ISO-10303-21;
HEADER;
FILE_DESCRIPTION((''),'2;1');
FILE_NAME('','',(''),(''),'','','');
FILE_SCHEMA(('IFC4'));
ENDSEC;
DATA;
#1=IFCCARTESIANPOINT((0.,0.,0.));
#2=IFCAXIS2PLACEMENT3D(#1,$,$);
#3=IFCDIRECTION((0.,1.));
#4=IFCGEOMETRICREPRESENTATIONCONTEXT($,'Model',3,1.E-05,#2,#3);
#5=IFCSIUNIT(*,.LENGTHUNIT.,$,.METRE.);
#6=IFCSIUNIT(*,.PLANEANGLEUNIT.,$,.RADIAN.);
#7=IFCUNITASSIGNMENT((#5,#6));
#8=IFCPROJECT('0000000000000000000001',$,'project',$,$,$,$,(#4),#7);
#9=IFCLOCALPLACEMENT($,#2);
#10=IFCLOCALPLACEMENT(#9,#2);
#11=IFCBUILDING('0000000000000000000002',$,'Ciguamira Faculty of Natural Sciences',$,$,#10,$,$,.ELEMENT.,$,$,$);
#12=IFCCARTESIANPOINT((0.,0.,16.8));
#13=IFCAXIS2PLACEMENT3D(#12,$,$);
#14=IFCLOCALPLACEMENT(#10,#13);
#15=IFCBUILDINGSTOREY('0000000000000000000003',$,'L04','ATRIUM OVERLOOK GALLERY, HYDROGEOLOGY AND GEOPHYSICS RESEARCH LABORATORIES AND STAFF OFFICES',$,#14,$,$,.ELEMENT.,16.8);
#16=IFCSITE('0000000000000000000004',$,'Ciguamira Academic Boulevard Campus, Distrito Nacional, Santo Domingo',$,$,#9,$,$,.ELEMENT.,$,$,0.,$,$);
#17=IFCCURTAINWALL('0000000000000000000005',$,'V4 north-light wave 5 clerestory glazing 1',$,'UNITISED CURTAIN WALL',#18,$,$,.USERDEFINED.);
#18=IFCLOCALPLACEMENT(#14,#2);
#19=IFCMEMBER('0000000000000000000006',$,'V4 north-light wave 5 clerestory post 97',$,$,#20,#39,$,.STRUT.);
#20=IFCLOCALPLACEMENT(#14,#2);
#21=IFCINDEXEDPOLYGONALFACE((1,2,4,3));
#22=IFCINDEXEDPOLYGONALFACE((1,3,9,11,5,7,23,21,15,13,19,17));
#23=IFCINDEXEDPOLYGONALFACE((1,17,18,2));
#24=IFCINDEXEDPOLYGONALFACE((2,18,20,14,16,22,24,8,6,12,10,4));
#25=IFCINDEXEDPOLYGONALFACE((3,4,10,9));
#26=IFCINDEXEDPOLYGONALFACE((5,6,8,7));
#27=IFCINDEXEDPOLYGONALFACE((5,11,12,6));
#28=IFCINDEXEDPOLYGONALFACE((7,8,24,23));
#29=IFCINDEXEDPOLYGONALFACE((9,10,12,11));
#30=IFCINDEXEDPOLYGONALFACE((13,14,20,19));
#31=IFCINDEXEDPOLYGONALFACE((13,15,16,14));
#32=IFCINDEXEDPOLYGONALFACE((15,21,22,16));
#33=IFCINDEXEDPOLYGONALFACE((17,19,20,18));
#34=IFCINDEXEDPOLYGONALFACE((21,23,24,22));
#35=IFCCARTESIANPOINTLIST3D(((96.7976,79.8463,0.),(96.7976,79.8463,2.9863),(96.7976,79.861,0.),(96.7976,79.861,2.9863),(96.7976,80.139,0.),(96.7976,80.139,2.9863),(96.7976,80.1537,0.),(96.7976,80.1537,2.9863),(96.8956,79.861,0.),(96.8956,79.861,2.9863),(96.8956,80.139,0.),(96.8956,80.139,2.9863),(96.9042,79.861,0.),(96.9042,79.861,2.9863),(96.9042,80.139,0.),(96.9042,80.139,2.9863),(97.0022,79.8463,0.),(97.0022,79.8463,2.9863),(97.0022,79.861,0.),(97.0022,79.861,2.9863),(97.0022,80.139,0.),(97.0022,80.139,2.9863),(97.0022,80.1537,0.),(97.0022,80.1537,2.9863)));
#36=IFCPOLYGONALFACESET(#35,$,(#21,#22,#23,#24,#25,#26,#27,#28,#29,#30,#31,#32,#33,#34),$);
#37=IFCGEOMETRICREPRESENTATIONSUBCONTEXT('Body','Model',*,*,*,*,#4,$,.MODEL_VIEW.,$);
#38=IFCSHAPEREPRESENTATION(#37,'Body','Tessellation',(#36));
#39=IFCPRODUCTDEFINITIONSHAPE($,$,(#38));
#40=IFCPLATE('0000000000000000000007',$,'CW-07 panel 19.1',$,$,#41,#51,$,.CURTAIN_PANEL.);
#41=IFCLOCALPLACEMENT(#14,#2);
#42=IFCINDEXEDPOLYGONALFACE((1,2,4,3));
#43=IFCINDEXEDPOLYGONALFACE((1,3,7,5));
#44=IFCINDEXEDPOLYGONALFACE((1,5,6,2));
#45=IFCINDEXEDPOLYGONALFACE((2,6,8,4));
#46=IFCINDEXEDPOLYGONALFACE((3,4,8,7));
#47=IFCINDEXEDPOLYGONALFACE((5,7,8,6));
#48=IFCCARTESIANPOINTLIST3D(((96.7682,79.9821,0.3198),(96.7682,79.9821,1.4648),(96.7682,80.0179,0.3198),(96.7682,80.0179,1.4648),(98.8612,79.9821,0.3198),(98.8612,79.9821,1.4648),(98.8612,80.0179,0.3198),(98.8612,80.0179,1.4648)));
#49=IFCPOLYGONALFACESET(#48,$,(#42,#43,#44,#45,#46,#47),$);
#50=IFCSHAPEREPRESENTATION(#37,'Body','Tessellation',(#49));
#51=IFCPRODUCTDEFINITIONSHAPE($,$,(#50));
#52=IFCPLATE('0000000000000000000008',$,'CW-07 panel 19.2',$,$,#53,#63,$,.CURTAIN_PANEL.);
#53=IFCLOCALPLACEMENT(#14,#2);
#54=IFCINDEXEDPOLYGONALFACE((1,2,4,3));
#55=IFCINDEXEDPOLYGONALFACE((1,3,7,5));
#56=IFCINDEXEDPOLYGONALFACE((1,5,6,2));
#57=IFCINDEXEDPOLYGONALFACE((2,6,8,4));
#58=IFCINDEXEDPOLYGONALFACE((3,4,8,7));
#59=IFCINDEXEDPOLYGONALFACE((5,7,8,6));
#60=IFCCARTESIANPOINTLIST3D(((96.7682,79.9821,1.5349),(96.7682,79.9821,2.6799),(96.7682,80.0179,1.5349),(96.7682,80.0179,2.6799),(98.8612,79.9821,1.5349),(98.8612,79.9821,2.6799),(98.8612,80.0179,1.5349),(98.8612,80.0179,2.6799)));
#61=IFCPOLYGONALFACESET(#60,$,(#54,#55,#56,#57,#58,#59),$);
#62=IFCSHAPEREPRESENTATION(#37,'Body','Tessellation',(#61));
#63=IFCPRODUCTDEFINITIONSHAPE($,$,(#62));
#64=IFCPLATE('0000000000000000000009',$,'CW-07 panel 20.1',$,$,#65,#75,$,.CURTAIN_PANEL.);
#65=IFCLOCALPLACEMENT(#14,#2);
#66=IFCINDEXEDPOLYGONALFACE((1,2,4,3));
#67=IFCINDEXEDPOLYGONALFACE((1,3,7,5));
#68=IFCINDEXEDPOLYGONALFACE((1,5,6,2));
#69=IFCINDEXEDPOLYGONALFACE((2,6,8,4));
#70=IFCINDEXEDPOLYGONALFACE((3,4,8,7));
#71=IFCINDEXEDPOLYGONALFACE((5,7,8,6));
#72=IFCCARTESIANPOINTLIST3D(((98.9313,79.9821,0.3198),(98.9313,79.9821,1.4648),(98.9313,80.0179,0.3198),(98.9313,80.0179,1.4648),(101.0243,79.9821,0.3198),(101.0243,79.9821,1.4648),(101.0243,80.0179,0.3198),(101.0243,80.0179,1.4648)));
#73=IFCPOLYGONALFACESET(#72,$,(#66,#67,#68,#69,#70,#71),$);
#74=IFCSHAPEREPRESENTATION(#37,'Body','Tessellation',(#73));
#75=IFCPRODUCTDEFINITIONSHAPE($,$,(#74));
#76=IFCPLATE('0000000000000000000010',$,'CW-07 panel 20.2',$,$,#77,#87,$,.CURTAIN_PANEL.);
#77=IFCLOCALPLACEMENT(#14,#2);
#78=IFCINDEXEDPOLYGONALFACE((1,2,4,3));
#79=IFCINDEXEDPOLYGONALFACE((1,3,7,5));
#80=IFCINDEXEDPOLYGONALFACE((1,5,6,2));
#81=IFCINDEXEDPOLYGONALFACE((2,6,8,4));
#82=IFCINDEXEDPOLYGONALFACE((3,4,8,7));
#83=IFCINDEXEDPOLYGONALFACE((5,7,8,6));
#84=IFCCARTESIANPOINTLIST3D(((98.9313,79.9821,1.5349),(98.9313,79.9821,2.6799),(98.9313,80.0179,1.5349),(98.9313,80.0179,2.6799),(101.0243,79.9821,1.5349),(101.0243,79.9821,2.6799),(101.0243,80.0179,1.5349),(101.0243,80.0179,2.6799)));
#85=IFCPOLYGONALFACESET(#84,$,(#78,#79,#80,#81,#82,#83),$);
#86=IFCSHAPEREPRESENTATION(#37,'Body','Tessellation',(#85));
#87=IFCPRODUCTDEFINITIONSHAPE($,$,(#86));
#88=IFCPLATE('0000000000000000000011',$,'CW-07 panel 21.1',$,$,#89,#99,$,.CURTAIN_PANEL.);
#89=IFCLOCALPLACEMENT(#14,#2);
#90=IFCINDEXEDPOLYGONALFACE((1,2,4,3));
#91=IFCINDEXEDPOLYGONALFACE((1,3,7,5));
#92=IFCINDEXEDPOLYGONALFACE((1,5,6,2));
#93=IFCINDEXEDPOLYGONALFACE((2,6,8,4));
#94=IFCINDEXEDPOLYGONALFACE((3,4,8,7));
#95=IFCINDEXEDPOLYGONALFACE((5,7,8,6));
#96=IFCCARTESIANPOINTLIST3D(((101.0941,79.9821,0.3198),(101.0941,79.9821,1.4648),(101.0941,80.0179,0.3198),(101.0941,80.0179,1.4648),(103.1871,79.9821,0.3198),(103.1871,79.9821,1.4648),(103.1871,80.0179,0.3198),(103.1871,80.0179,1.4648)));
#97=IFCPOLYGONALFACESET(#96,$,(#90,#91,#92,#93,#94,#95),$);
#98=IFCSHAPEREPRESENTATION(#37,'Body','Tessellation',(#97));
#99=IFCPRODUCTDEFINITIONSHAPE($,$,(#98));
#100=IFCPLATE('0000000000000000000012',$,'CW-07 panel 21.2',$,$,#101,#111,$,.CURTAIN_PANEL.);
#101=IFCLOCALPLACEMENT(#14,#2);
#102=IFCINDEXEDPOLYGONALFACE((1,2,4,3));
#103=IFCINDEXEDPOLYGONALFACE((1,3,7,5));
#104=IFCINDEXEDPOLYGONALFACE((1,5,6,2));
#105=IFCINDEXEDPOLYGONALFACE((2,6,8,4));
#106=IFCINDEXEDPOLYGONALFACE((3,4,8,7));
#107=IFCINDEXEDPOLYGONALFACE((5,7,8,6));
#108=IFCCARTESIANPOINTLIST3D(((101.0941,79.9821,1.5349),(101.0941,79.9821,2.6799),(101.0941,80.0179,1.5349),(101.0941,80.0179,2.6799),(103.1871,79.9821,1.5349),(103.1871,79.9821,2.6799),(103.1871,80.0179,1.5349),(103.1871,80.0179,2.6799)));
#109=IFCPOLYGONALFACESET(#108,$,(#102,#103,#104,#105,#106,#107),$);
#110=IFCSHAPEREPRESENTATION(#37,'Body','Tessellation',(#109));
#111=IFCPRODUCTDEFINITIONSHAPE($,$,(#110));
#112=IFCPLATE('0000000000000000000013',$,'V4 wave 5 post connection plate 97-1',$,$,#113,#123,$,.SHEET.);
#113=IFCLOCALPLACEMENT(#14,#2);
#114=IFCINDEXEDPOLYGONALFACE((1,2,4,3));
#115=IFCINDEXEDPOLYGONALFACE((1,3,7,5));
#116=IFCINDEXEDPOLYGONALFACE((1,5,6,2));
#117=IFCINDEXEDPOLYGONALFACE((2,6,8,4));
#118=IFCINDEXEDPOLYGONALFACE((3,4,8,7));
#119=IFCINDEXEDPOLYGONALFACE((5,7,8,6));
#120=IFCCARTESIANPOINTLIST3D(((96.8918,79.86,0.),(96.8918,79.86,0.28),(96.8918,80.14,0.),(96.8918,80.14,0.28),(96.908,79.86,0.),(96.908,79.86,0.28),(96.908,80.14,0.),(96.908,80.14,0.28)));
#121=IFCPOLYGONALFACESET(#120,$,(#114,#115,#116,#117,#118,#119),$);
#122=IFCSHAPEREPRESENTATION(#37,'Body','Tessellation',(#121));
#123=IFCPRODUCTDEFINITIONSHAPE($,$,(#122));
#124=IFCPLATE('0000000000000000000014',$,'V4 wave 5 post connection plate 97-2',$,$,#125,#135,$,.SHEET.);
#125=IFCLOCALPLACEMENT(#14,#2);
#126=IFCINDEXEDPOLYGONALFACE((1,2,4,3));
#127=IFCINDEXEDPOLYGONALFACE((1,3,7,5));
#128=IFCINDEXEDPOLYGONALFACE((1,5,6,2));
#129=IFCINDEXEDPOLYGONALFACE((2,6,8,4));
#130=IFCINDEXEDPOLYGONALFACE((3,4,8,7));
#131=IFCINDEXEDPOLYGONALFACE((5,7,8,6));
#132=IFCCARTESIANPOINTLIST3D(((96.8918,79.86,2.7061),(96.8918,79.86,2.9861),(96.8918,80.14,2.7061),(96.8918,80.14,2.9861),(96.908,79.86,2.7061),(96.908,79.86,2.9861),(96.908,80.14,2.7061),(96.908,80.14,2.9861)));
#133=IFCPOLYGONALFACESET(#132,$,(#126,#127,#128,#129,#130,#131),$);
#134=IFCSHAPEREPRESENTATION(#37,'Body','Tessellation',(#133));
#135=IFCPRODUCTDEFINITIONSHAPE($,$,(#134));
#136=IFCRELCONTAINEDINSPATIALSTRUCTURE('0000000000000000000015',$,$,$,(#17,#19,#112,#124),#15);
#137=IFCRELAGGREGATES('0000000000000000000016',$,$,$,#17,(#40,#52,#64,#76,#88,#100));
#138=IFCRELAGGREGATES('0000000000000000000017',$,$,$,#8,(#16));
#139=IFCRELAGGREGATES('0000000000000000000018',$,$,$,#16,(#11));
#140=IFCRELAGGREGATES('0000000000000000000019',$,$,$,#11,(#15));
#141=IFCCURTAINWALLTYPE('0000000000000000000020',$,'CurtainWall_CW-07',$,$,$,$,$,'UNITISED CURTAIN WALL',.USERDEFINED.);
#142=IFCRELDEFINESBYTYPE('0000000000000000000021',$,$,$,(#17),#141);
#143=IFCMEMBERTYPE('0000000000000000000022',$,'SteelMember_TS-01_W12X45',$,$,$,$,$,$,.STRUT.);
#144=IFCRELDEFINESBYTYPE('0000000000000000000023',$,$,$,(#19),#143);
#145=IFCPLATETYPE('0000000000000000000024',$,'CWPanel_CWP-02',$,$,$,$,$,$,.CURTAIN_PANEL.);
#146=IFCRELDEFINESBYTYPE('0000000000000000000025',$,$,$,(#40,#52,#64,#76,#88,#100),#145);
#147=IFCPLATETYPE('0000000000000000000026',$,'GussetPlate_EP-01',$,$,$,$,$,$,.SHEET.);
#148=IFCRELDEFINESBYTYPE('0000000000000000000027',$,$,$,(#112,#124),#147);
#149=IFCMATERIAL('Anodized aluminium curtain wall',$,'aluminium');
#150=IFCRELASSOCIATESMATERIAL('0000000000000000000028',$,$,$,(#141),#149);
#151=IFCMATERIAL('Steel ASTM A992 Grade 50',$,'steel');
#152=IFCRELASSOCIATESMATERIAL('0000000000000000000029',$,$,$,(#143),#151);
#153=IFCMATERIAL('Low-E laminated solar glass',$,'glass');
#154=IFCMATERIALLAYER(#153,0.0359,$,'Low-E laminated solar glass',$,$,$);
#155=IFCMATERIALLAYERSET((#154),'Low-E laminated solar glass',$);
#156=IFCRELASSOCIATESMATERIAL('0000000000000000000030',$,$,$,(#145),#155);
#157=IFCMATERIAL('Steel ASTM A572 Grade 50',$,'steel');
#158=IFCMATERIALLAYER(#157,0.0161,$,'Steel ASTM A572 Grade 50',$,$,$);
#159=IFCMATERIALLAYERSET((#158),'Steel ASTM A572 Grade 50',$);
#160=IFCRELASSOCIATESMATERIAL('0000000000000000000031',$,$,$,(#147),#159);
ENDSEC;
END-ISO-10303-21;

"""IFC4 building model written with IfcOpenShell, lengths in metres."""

from ifc_helpers import new_model, si_unit, direction, frame, origin, origin_2d, place, context, subcontext, project, spatial, rectangle, i_section, extrude, material, layer, layer_set, material_profile, profile_set, type_object, element, aggregate, save


model = new_model("IFC4")

# Units and contexts
model_context = context("Model", 3, precision=1e-05, world=origin(), true_north=direction((0.0, 1.0)))
body_context = subcontext(model_context, "Body", "Model", "MODEL_VIEW")
ifc_project = project(units=[si_unit("LENGTHUNIT", "METRE"), si_unit("PLANEANGLEUNIT", "RADIAN")], contexts=[model_context])

# Site, building, storey
site_placement = place(None, origin())
site = spatial("IfcSite", under=ifc_project, at=site_placement, Name="Ciguamira Academic Boulevard Campus, Distrito Nacional, Santo Domingo", CompositionType="ELEMENT", RefElevation=0.0)
building_placement = place(site_placement, origin())
building = spatial("IfcBuilding", under=site, at=building_placement, Name="Ciguamira Faculty of Natural Sciences", CompositionType="ELEMENT")
storey_placement = place(building_placement, frame((0.0, 0.0, 16.8)))
storey = spatial("IfcBuildingStorey", under=building, at=storey_placement, Name="L04", Description="ATRIUM OVERLOOK GALLERY, HYDROGEOLOGY AND GEOPHYSICS RESEARCH LABORATORIES AND STAFF OFFICES", CompositionType="ELEMENT", Elevation=16.8)

# Curtain wall
ifc_material_1 = material(Name="Anodized aluminium curtain wall", Category="aluminium")
curtain_wall_type_1 = type_object("IfcCurtainWallType", Name="CurtainWall_CW-07", ElementType="UNITISED CURTAIN WALL", PredefinedType="USERDEFINED", material=ifc_material_1)
curtain_wall_1_placement = place(storey_placement, origin())
curtain_wall_1 = element("IfcCurtainWall", 1, at=curtain_wall_1_placement, inside=storey, type_object=curtain_wall_type_1, Name="V4 north-light wave 5 clerestory glazing 1", ObjectType="UNITISED CURTAIN WALL", PredefinedType="USERDEFINED")

# Member
ifc_material_2 = material(Name="Steel ASTM A992 Grade 50", Category="steel")
ifc_material_profile_1 = material_profile(ifc_material_2, i_section(OverallWidth=0.2046, OverallDepth=0.3074, WebThickness=0.0085, FlangeThickness=0.0146, at=origin_2d()), Name="W12X45")
ifc_profile_set_1 = profile_set([ifc_material_profile_1], Name="Steel ASTM A992 Grade 50")
member_type_1 = type_object("IfcMemberType", Name="SteelMember_TS-01_W12X45", PredefinedType="STRUT", material=ifc_profile_set_1)
member_1_placement = place(storey_placement, frame((96.8999, 80.0, 0.0), z_axis=(0.0, 0.0, 1.0), x_axis=(1.0, 0.0, 0.0)))
element("IfcMember", 2, at=member_1_placement, inside=storey, type_object=member_type_1, Name="V4 north-light wave 5 clerestory post 97", PredefinedType="STRUT", context=body_context, shape_type="SweptSolid", body=[
    extrude(i_section(OverallWidth=0.2046, OverallDepth=0.3074, WebThickness=0.0085, FlangeThickness=0.0146, at=origin_2d()), origin(), (0.0, 0.0, 1.0), 2.9863),
])

# Plates
ifc_material_3 = material(Name="Low-E laminated solar glass", Category="glass")
ifc_layer_1 = layer(ifc_material_3, 0.0359, Name="Low-E laminated solar glass")
ifc_layer_set_1 = layer_set([ifc_layer_1], Name="Low-E laminated solar glass")
plate_type_1 = type_object("IfcPlateType", Name="CWPanel_CWP-02", PredefinedType="CURTAIN_PANEL", material=ifc_layer_set_1)
plate_1_placement = place(storey_placement, frame((97.8147, 80.0, 0.3198), z_axis=(0.0, 0.0, 1.0), x_axis=(1.0, 0.0, 0.0)))
plate_1 = element("IfcPlate", 3, at=plate_1_placement, type_object=plate_type_1, Name="CW-07 panel 19.1", PredefinedType="CURTAIN_PANEL", context=body_context, shape_type="SweptSolid", body=[
    extrude(rectangle(XDim=2.093, YDim=0.0359, at=origin_2d()), origin(), (0.0, 0.0, 1.0), 1.145),
])
plate_2_placement = place(storey_placement, frame((97.8147, 80.0, 1.5349), z_axis=(0.0, 0.0, 1.0), x_axis=(1.0, 0.0, 0.0)))
plate_2 = element("IfcPlate", 4, at=plate_2_placement, type_object=plate_type_1, Name="CW-07 panel 19.2", PredefinedType="CURTAIN_PANEL", context=body_context, shape_type="SweptSolid", body=[
    extrude(rectangle(XDim=2.093, YDim=0.0359, at=origin_2d()), origin(), (0.0, 0.0, 1.0), 1.145),
])
plate_3_placement = place(storey_placement, frame((99.9778, 80.0, 0.3198), z_axis=(0.0, 0.0, 1.0), x_axis=(1.0, 0.0, 0.0)))
plate_3 = element("IfcPlate", 5, at=plate_3_placement, type_object=plate_type_1, Name="CW-07 panel 20.1", PredefinedType="CURTAIN_PANEL", context=body_context, shape_type="SweptSolid", body=[
    extrude(rectangle(XDim=2.093, YDim=0.0359, at=origin_2d()), origin(), (0.0, 0.0, 1.0), 1.145),
])
plate_4_placement = place(storey_placement, frame((99.9778, 80.0, 1.5349), z_axis=(0.0, 0.0, 1.0), x_axis=(1.0, 0.0, 0.0)))
plate_4 = element("IfcPlate", 6, at=plate_4_placement, type_object=plate_type_1, Name="CW-07 panel 20.2", PredefinedType="CURTAIN_PANEL", context=body_context, shape_type="SweptSolid", body=[
    extrude(rectangle(XDim=2.093, YDim=0.0359, at=origin_2d()), origin(), (0.0, 0.0, 1.0), 1.145),
])
plate_5_placement = place(storey_placement, frame((102.1406, 80.0, 0.3198), z_axis=(0.0, 0.0, 1.0), x_axis=(1.0, 0.0, 0.0)))
plate_5 = element("IfcPlate", 7, at=plate_5_placement, type_object=plate_type_1, Name="CW-07 panel 21.1", PredefinedType="CURTAIN_PANEL", context=body_context, shape_type="SweptSolid", body=[
    extrude(rectangle(XDim=2.093, YDim=0.0359, at=origin_2d()), origin(), (0.0, 0.0, 1.0), 1.145),
])
plate_6_placement = place(storey_placement, frame((102.1406, 80.0, 1.5349), z_axis=(0.0, 0.0, 1.0), x_axis=(1.0, 0.0, 0.0)))
plate_6 = element("IfcPlate", 8, at=plate_6_placement, type_object=plate_type_1, Name="CW-07 panel 21.2", PredefinedType="CURTAIN_PANEL", context=body_context, shape_type="SweptSolid", body=[
    extrude(rectangle(XDim=2.093, YDim=0.0359, at=origin_2d()), origin(), (0.0, 0.0, 1.0), 1.145),
])
aggregate(curtain_wall_1, [plate_1, plate_2, plate_3, plate_4, plate_5, plate_6])

# Plates
ifc_material_4 = material(Name="Steel ASTM A572 Grade 50", Category="steel")
ifc_layer_2 = layer(ifc_material_4, 0.0161, Name="Steel ASTM A572 Grade 50")
ifc_layer_set_2 = layer_set([ifc_layer_2], Name="Steel ASTM A572 Grade 50")
plate_type_2 = type_object("IfcPlateType", Name="GussetPlate_EP-01", PredefinedType="SHEET", material=ifc_layer_set_2)
for number, where, z_axis, x_axis, name in (
    (9, (96.8999, 80.0, 0.0), (0.0, 0.0, 1.0), (1.0, 0.0, 0.0), "V4 wave 5 post connection plate 97-1"),
    (10, (96.8999, 80.0, 2.7061), (0.0, 0.0, 1.0), (1.0, 0.0, 0.0), "V4 wave 5 post connection plate 97-2"),
):
    element("IfcPlate", number, at=place(storey_placement, frame(where, z_axis=z_axis, x_axis=x_axis)), inside=storey, type_object=plate_type_2, Name=name, PredefinedType="SHEET", context=body_context, shape_type="SweptSolid", body=[
        extrude(rectangle(XDim=0.0161, YDim=0.28, at=origin_2d()), origin(), (0.0, 0.0, 1.0), 0.28),
    ])

save(model, "model.ifc")
